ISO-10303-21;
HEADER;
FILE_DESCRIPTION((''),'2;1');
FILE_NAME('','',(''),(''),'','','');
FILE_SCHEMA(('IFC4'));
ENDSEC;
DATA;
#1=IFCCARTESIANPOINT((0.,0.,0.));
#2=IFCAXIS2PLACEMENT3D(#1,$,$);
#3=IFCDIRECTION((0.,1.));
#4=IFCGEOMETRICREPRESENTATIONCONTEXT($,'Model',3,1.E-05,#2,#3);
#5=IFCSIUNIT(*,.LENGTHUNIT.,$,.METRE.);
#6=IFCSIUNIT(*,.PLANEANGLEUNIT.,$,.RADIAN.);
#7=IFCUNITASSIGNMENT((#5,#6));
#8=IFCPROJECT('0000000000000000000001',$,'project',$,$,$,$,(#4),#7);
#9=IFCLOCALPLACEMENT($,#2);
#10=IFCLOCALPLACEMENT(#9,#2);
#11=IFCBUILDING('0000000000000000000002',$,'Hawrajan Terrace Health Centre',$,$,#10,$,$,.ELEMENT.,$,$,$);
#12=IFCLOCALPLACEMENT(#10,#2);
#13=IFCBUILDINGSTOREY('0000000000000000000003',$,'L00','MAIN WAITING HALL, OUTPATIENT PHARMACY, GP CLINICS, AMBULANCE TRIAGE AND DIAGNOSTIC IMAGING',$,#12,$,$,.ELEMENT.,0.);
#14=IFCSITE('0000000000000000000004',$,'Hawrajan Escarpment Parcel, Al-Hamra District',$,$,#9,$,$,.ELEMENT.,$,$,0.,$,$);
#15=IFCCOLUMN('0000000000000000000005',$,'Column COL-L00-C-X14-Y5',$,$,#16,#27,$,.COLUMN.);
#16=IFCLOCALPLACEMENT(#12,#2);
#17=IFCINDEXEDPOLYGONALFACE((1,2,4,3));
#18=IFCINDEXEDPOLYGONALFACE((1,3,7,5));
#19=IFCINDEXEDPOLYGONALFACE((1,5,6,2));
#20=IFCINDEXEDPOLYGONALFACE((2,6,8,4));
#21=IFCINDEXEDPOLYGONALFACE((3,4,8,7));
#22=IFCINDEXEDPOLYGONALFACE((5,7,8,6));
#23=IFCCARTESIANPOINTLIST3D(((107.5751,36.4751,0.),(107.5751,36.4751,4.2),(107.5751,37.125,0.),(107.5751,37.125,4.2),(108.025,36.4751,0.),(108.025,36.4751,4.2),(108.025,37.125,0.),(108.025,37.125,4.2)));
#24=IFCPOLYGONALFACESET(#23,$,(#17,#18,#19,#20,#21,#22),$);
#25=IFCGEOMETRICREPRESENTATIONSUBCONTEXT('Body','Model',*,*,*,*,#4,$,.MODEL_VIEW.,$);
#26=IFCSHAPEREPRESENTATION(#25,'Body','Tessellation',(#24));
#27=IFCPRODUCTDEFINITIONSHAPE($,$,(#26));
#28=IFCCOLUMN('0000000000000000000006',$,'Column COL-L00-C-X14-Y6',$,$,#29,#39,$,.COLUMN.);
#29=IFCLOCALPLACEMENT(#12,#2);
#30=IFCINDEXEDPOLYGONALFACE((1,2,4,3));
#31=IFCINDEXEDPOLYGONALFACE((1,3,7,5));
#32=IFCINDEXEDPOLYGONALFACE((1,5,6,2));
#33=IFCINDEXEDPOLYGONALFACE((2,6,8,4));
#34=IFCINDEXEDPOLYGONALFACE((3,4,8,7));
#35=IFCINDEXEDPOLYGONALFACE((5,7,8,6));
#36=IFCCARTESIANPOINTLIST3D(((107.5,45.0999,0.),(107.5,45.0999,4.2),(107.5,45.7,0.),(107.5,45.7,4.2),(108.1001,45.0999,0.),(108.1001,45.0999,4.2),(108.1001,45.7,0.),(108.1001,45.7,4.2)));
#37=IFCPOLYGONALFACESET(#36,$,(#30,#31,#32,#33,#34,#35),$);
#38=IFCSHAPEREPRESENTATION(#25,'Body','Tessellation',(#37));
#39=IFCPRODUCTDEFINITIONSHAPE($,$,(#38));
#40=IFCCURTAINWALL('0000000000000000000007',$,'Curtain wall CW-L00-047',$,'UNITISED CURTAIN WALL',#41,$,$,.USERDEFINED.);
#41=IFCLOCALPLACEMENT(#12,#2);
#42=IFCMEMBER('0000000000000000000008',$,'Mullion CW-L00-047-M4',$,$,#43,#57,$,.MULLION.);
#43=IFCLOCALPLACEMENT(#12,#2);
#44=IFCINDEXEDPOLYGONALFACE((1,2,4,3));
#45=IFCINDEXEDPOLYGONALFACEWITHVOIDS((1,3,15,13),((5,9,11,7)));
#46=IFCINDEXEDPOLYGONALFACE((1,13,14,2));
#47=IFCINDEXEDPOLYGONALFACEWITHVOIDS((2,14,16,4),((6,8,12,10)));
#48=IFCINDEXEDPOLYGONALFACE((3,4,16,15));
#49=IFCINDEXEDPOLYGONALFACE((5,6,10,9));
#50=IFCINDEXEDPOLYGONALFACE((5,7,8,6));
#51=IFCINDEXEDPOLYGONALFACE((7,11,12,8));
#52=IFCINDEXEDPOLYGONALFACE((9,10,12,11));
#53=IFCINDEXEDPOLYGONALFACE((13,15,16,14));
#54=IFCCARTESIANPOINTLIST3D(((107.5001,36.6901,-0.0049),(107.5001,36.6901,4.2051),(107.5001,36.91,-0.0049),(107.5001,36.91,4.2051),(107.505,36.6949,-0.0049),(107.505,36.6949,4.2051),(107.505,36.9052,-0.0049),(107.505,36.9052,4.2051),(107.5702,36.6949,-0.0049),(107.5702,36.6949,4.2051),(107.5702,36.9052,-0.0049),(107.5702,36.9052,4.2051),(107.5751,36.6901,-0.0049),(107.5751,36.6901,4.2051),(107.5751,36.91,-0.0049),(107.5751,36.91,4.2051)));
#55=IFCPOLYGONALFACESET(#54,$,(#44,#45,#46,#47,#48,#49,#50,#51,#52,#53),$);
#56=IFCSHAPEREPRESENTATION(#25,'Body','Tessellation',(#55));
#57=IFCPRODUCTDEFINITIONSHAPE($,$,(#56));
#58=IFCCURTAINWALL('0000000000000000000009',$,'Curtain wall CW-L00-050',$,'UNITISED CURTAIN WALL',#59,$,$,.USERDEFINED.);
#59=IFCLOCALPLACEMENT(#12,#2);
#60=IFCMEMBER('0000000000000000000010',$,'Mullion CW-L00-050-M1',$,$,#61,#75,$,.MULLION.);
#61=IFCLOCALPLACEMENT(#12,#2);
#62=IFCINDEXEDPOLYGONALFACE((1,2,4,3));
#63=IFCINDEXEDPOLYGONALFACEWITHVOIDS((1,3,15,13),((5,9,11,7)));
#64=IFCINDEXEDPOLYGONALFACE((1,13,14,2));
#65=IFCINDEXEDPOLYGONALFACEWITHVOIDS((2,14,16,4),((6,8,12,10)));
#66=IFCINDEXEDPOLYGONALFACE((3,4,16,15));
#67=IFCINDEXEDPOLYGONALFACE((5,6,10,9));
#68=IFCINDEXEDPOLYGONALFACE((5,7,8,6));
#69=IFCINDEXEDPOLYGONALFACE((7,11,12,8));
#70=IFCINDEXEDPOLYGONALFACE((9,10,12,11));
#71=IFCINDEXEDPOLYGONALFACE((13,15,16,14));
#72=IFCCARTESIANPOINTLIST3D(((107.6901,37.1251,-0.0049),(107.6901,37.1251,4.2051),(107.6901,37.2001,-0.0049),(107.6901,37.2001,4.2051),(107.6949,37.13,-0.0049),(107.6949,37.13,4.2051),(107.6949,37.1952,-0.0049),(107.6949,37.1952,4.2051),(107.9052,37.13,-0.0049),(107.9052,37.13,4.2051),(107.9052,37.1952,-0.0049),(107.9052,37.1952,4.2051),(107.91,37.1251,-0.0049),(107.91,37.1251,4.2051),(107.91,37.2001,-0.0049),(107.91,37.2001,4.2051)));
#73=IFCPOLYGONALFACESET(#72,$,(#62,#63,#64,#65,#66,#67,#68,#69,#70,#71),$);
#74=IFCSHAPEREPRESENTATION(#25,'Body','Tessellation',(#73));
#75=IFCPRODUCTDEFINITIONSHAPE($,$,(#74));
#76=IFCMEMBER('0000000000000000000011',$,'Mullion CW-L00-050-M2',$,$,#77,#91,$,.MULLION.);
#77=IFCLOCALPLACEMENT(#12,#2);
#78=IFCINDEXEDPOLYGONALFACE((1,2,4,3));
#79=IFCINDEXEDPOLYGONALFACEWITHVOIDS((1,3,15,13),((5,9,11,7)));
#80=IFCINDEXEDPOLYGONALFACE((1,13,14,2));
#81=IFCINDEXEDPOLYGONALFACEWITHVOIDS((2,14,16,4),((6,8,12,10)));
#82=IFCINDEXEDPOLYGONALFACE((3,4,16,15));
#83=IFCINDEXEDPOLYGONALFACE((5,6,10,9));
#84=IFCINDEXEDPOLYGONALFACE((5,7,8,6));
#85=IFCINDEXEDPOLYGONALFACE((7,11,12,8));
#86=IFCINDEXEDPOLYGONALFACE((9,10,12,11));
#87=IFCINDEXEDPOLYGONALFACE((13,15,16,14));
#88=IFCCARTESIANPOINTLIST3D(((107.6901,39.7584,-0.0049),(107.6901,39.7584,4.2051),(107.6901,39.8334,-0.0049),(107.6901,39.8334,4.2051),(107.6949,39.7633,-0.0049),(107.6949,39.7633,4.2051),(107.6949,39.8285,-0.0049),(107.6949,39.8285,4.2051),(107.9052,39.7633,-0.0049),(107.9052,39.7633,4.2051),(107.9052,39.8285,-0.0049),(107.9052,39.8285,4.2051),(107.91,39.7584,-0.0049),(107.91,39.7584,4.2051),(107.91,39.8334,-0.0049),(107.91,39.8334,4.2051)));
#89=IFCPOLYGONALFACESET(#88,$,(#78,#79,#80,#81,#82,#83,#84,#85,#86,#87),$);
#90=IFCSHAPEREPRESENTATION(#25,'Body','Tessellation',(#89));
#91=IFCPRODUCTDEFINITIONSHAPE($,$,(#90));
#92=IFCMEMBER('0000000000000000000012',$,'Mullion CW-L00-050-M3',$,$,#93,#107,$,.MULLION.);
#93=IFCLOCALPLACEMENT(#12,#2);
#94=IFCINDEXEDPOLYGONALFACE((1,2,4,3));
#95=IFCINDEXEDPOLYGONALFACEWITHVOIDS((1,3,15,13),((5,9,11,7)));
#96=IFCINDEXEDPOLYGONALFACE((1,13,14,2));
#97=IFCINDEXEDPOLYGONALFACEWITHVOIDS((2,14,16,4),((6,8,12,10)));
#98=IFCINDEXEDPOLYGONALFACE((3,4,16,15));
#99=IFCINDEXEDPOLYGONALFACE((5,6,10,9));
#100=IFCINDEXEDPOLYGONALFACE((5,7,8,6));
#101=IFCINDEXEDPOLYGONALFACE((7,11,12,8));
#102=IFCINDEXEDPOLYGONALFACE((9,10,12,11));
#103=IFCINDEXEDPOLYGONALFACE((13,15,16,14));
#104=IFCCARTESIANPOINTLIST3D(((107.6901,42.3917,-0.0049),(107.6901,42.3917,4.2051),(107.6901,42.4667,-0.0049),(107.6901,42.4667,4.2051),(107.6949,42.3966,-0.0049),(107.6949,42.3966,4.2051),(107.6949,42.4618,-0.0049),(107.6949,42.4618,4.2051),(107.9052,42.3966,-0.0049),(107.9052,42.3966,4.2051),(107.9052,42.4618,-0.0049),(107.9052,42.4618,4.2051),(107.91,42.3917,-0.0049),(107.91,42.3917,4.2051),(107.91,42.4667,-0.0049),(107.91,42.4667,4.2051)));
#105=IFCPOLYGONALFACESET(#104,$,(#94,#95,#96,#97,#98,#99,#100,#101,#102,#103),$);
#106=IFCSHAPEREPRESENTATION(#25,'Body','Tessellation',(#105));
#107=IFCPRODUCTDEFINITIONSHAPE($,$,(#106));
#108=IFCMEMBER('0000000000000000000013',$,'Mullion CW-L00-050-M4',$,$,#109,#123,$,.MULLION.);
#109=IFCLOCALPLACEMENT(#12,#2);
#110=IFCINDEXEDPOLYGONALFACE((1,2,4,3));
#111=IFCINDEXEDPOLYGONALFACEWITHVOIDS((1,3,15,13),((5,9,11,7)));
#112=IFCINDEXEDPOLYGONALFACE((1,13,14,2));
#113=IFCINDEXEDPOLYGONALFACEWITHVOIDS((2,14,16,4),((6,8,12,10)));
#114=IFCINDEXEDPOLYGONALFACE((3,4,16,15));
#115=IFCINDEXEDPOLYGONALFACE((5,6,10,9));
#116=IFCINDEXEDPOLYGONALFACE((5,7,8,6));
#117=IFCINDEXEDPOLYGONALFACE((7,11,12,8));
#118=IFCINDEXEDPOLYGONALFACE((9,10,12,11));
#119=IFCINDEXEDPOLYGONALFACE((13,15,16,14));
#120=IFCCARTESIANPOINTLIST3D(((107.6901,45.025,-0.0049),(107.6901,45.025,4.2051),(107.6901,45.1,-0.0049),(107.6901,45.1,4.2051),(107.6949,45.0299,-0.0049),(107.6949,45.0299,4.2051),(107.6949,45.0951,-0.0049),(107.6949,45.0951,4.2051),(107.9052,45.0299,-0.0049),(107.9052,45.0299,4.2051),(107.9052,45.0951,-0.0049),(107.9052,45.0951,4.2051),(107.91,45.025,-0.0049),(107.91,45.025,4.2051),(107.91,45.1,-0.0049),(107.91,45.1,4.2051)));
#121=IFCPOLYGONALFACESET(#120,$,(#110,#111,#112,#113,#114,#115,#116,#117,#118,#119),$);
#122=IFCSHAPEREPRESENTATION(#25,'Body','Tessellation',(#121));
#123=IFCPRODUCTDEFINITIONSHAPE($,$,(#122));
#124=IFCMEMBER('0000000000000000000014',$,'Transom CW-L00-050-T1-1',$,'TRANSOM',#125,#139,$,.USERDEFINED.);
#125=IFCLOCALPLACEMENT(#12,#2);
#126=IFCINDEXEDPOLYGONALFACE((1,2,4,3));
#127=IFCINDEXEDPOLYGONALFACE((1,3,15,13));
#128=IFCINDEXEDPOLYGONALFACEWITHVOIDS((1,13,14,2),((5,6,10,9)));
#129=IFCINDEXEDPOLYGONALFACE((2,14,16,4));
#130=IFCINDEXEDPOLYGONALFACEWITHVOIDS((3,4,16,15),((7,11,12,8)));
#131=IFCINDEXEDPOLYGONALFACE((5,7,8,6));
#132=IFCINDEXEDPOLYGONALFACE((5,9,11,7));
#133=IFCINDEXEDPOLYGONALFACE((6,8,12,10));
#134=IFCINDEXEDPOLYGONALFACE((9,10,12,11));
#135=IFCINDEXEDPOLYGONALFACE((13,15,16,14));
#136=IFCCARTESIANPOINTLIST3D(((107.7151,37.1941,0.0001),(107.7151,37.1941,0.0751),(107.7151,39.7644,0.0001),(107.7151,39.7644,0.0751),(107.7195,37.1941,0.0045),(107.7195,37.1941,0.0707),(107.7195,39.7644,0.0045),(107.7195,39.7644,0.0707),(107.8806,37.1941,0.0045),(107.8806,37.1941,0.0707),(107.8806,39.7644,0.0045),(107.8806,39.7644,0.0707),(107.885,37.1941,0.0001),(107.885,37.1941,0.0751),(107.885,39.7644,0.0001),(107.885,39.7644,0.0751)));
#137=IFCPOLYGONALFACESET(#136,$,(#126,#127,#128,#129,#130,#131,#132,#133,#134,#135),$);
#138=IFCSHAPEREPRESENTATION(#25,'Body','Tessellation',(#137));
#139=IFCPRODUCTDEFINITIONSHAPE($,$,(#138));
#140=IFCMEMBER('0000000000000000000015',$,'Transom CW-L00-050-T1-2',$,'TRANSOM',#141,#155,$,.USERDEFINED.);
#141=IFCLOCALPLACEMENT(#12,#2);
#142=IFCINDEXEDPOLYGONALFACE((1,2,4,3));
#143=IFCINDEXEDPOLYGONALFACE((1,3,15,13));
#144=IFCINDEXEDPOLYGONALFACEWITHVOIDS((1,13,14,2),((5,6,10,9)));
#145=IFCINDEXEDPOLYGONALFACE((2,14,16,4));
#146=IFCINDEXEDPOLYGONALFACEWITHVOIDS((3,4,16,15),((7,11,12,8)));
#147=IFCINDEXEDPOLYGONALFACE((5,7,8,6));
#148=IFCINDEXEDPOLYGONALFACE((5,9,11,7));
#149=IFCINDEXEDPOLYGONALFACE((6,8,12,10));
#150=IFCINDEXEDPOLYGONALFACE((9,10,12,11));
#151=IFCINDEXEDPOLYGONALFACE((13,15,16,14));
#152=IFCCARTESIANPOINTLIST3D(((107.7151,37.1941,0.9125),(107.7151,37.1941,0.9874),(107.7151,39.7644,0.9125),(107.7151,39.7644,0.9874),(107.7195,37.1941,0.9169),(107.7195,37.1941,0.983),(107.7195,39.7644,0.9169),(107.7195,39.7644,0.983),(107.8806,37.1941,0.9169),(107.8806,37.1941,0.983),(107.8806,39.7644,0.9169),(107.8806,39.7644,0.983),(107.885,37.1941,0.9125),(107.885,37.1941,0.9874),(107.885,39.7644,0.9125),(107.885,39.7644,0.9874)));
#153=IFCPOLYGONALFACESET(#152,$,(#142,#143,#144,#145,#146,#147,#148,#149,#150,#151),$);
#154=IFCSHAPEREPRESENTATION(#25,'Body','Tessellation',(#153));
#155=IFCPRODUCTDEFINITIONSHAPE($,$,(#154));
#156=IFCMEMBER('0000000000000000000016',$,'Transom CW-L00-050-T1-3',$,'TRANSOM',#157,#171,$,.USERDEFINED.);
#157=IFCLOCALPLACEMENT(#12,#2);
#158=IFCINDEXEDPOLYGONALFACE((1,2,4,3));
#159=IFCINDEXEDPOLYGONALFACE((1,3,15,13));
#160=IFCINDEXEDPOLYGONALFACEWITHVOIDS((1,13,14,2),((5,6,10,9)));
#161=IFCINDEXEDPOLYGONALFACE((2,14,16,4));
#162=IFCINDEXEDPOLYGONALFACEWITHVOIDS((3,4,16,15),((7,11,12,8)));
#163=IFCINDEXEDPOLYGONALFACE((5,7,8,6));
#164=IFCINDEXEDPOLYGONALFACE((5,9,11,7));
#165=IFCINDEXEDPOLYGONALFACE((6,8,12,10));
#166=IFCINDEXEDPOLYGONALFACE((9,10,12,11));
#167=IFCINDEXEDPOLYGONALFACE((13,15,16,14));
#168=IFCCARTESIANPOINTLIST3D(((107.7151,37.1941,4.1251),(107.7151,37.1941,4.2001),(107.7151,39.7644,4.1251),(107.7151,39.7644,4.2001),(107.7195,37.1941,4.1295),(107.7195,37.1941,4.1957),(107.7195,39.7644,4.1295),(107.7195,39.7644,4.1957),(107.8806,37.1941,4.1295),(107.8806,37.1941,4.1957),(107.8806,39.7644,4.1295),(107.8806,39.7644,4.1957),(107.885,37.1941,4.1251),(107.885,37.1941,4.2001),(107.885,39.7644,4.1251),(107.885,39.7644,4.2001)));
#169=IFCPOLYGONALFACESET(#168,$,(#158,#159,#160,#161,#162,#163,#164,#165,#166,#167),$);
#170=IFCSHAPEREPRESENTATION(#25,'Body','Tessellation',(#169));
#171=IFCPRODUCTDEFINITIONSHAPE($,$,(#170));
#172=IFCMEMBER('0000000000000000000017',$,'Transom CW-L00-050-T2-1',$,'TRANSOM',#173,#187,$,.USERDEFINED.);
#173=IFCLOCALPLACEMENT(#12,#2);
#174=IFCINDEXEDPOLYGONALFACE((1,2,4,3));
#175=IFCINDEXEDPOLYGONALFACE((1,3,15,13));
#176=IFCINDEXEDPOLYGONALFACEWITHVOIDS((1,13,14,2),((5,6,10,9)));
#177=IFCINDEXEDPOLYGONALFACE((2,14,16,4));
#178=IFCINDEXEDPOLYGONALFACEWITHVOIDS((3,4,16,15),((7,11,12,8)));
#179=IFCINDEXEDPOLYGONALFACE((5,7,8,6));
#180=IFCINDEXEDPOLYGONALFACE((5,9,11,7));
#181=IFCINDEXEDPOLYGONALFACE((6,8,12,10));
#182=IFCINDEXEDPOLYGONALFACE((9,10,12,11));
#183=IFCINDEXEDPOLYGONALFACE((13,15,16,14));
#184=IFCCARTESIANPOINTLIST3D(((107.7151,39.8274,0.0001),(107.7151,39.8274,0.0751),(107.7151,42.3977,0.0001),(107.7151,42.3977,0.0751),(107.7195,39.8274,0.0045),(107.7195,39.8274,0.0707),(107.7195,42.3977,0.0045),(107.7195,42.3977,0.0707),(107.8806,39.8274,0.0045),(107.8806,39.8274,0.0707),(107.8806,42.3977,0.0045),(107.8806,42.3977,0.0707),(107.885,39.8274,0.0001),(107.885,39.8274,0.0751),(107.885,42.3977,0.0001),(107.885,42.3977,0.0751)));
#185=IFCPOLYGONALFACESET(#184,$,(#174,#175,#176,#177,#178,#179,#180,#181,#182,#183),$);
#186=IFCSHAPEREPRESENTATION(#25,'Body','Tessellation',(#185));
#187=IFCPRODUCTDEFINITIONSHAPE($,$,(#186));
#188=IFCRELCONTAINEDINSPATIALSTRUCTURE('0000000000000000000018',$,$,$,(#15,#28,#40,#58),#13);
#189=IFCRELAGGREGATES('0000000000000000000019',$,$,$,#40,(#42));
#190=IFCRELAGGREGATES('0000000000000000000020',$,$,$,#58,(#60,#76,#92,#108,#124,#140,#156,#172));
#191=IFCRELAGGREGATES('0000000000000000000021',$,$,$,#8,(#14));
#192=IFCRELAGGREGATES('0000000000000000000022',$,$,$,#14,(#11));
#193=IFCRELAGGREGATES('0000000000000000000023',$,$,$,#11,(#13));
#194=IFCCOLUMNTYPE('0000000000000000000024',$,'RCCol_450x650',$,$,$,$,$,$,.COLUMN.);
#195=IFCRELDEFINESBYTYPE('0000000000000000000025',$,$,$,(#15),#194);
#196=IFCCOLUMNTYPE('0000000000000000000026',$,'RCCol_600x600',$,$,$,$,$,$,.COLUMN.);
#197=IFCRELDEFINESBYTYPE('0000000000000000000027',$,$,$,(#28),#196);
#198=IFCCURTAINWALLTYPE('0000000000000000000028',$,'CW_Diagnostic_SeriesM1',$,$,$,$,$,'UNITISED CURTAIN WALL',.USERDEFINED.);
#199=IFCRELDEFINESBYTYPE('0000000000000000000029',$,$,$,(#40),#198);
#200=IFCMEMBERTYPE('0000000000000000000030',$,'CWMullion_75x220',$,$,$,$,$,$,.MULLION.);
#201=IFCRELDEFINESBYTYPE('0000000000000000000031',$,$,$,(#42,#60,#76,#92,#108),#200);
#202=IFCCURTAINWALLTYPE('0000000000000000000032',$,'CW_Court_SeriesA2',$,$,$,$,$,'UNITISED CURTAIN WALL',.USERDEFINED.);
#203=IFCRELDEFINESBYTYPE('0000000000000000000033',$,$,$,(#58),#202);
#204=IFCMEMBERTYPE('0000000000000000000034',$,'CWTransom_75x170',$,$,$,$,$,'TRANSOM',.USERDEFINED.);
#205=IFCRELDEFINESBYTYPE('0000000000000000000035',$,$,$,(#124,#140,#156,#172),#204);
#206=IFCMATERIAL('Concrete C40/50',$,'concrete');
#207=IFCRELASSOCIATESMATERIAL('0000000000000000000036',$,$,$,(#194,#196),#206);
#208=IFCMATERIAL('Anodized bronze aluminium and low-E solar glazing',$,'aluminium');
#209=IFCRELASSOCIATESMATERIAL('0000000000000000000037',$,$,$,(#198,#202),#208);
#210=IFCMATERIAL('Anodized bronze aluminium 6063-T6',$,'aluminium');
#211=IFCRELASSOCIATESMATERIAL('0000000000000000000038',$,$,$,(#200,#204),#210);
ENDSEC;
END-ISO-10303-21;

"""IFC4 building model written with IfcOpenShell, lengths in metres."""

from ifc_helpers import new_model, si_unit, direction, frame, origin, origin_2d, place, context, subcontext, project, spatial, rectangle, hollow_rectangle, extrude, material, material_profile, profile_set, type_object, element, aggregate, save


model = new_model("IFC4")

# Units and contexts
model_context = context("Model", 3, precision=1e-05, world=origin(), true_north=direction((0.0, 1.0)))
body_context = subcontext(model_context, "Body", "Model", "MODEL_VIEW")
ifc_project = project(units=[si_unit("LENGTHUNIT", "METRE"), si_unit("PLANEANGLEUNIT", "RADIAN")], contexts=[model_context])

# Site, building, storey
site_placement = place(None, origin())
site = spatial("IfcSite", under=ifc_project, at=site_placement, Name="Hawrajan Escarpment Parcel, Al-Hamra District", CompositionType="ELEMENT", RefElevation=0.0)
building_placement = place(site_placement, origin())
building = spatial("IfcBuilding", under=site, at=building_placement, Name="Hawrajan Terrace Health Centre", CompositionType="ELEMENT")
storey_placement = place(building_placement, origin())
storey = spatial("IfcBuildingStorey", under=building, at=storey_placement, Name="L00", Description="MAIN WAITING HALL, OUTPATIENT PHARMACY, GP CLINICS, AMBULANCE TRIAGE AND DIAGNOSTIC IMAGING", CompositionType="ELEMENT", Elevation=0.0)

# Shared definitions
ifc_material_1 = material(Name="Concrete C40/50", Category="concrete")

# Columns
ifc_material_profile_1 = material_profile(ifc_material_1, rectangle(XDim=0.45, YDim=0.6499, at=origin_2d()), Name="RC 450x650")
ifc_profile_set_1 = profile_set([ifc_material_profile_1], Name="Concrete C40/50")
column_type_1 = type_object("IfcColumnType", Name="RCCol_450x650", PredefinedType="COLUMN", material=ifc_profile_set_1)
column_1_placement = place(storey_placement, frame((107.8, 36.8, 0.0), z_axis=(0.0, 0.0, 1.0), x_axis=(1.0, 0.0, 0.0)))
element("IfcColumn", 1, at=column_1_placement, inside=storey, type_object=column_type_1, Name="Column COL-L00-C-X14-Y5", PredefinedType="COLUMN", context=body_context, shape_type="SweptSolid", body=[
    extrude(rectangle(XDim=0.45, YDim=0.6499, at=origin_2d()), origin(), (0.0, 0.0, 1.0), 4.2),
])
ifc_material_profile_2 = material_profile(ifc_material_1, rectangle(XDim=0.6001, YDim=0.6001, at=origin_2d()), Name="RC 600x600")
ifc_profile_set_2 = profile_set([ifc_material_profile_2], Name="Concrete C40/50")
column_type_2 = type_object("IfcColumnType", Name="RCCol_600x600", PredefinedType="COLUMN", material=ifc_profile_set_2)
column_2_placement = place(storey_placement, frame((107.8, 45.3999, 0.0), z_axis=(0.0, 0.0, 1.0), x_axis=(1.0, 0.0, 0.0)))
element("IfcColumn", 2, at=column_2_placement, inside=storey, type_object=column_type_2, Name="Column COL-L00-C-X14-Y6", PredefinedType="COLUMN", context=body_context, shape_type="SweptSolid", body=[
    extrude(rectangle(XDim=0.6001, YDim=0.6001, at=origin_2d()), origin(), (0.0, 0.0, 1.0), 4.2),
])

# Curtain wall, member
ifc_material_2 = material(Name="Anodized bronze aluminium and low-E solar glazing", Category="aluminium")
curtain_wall_type_1 = type_object("IfcCurtainWallType", Name="CW_Diagnostic_SeriesM1", ElementType="UNITISED CURTAIN WALL", PredefinedType="USERDEFINED", material=ifc_material_2)
curtain_wall_1_placement = place(storey_placement, origin())
curtain_wall_1 = element("IfcCurtainWall", 3, at=curtain_wall_1_placement, inside=storey, type_object=curtain_wall_type_1, Name="Curtain wall CW-L00-047", ObjectType="UNITISED CURTAIN WALL", PredefinedType="USERDEFINED")
ifc_material_3 = material(Name="Anodized bronze aluminium 6063-T6", Category="aluminium")
ifc_material_profile_3 = material_profile(ifc_material_3, hollow_rectangle(XDim=0.075, YDim=0.22, WallThickness=0.0049, at=origin_2d()), Name="CW MUL 75x220")
ifc_profile_set_3 = profile_set([ifc_material_profile_3], Name="Anodized bronze aluminium 6063-T6")
member_type_1 = type_object("IfcMemberType", Name="CWMullion_75x220", PredefinedType="MULLION", material=ifc_profile_set_3)
member_1_placement = place(storey_placement, frame((107.5376, 36.8, -0.0049), z_axis=(0.0, 0.0, 1.0), x_axis=(1.0, 0.0, 0.0)))
member_1 = element("IfcMember", 4, at=member_1_placement, type_object=member_type_1, Name="Mullion CW-L00-047-M4", PredefinedType="MULLION", context=body_context, shape_type="SweptSolid", body=[
    extrude(hollow_rectangle(XDim=0.075, YDim=0.22, WallThickness=0.0049, at=origin_2d()), origin(), (0.0, 0.0, 1.0), 4.21),
])
aggregate(curtain_wall_1, [member_1])

# Curtain wall, members
curtain_wall_type_2 = type_object("IfcCurtainWallType", Name="CW_Court_SeriesA2", ElementType="UNITISED CURTAIN WALL", PredefinedType="USERDEFINED", material=ifc_material_2)
curtain_wall_2_placement = place(storey_placement, origin())
curtain_wall_2 = element("IfcCurtainWall", 5, at=curtain_wall_2_placement, inside=storey, type_object=curtain_wall_type_2, Name="Curtain wall CW-L00-050", ObjectType="UNITISED CURTAIN WALL", PredefinedType="USERDEFINED")
member_2_placement = place(storey_placement, frame((107.8, 37.1626, -0.0049), z_axis=(0.0, 0.0, 1.0), x_axis=(0.0, 1.0, 0.0)))
member_2 = element("IfcMember", 6, at=member_2_placement, type_object=member_type_1, Name="Mullion CW-L00-050-M1", PredefinedType="MULLION", context=body_context, shape_type="SweptSolid", body=[
    extrude(hollow_rectangle(XDim=0.075, YDim=0.22, WallThickness=0.0049, at=origin_2d()), origin(), (0.0, 0.0, 1.0), 4.21),
])
member_3_placement = place(storey_placement, frame((107.8, 39.7959, -0.0049), z_axis=(0.0, 0.0, 1.0), x_axis=(0.0, 1.0, 0.0)))
member_3 = element("IfcMember", 7, at=member_3_placement, type_object=member_type_1, Name="Mullion CW-L00-050-M2", PredefinedType="MULLION", context=body_context, shape_type="SweptSolid", body=[
    extrude(hollow_rectangle(XDim=0.075, YDim=0.22, WallThickness=0.0049, at=origin_2d()), origin(), (0.0, 0.0, 1.0), 4.21),
])
member_4_placement = place(storey_placement, frame((107.8, 42.4292, -0.0049), z_axis=(0.0, 0.0, 1.0), x_axis=(0.0, 1.0, 0.0)))
member_4 = element("IfcMember", 8, at=member_4_placement, type_object=member_type_1, Name="Mullion CW-L00-050-M3", PredefinedType="MULLION", context=body_context, shape_type="SweptSolid", body=[
    extrude(hollow_rectangle(XDim=0.075, YDim=0.22, WallThickness=0.0049, at=origin_2d()), origin(), (0.0, 0.0, 1.0), 4.21),
])
member_5_placement = place(storey_placement, frame((107.8, 45.0625, -0.0049), z_axis=(0.0, 0.0, 1.0), x_axis=(0.0, 1.0, 0.0)))
member_5 = element("IfcMember", 9, at=member_5_placement, type_object=member_type_1, Name="Mullion CW-L00-050-M4", PredefinedType="MULLION", context=body_context, shape_type="SweptSolid", body=[
    extrude(hollow_rectangle(XDim=0.075, YDim=0.22, WallThickness=0.0049, at=origin_2d()), origin(), (0.0, 0.0, 1.0), 4.21),
])
ifc_material_profile_4 = material_profile(ifc_material_3, hollow_rectangle(XDim=0.075, YDim=0.1699, WallThickness=0.0044, at=origin_2d()), Name="CW TRN 75x170")
ifc_profile_set_4 = profile_set([ifc_material_profile_4], Name="Anodized bronze aluminium 6063-T6")
member_type_2 = type_object("IfcMemberType", Name="CWTransom_75x170", ElementType="TRANSOM", PredefinedType="USERDEFINED", material=ifc_profile_set_4)
member_6_placement = place(storey_placement, frame((107.8, 37.1941, 0.0376), z_axis=(0.0, 1.0, 0.0), x_axis=(0.0, 0.0, 1.0)))
member_6 = element("IfcMember", 10, at=member_6_placement, type_object=member_type_2, Name="Transom CW-L00-050-T1-1", ObjectType="TRANSOM", PredefinedType="USERDEFINED", context=body_context, shape_type="SweptSolid", body=[
    extrude(hollow_rectangle(XDim=0.075, YDim=0.1699, WallThickness=0.0044, at=origin_2d()), origin(), (0.0, 0.0, 1.0), 2.5703),
])
member_7_placement = place(storey_placement, frame((107.8, 37.1941, 0.95), z_axis=(0.0, 1.0, 0.0), x_axis=(0.0, 0.0, 1.0)))
member_7 = element("IfcMember", 11, at=member_7_placement, type_object=member_type_2, Name="Transom CW-L00-050-T1-2", ObjectType="TRANSOM", PredefinedType="USERDEFINED", context=body_context, shape_type="SweptSolid", body=[
    extrude(hollow_rectangle(XDim=0.075, YDim=0.1699, WallThickness=0.0044, at=origin_2d()), origin(), (0.0, 0.0, 1.0), 2.5703),
])
member_8_placement = place(storey_placement, frame((107.8, 37.1941, 4.1626), z_axis=(0.0, 1.0, 0.0), x_axis=(0.0, 0.0, 1.0)))
member_8 = element("IfcMember", 12, at=member_8_placement, type_object=member_type_2, Name="Transom CW-L00-050-T1-3", ObjectType="TRANSOM", PredefinedType="USERDEFINED", context=body_context, shape_type="SweptSolid", body=[
    extrude(hollow_rectangle(XDim=0.075, YDim=0.1699, WallThickness=0.0044, at=origin_2d()), origin(), (0.0, 0.0, 1.0), 2.5703),
])
member_9_placement = place(storey_placement, frame((107.8, 39.8274, 0.0376), z_axis=(0.0, 1.0, 0.0), x_axis=(0.0, 0.0, 1.0)))
member_9 = element("IfcMember", 13, at=member_9_placement, type_object=member_type_2, Name="Transom CW-L00-050-T2-1", ObjectType="TRANSOM", PredefinedType="USERDEFINED", context=body_context, shape_type="SweptSolid", body=[
    extrude(hollow_rectangle(XDim=0.075, YDim=0.1699, WallThickness=0.0044, at=origin_2d()), origin(), (0.0, 0.0, 1.0), 2.5703),
])
aggregate(curtain_wall_2, [member_2, member_3, member_4, member_5, member_6, member_7, member_8, member_9])

save(model, "model.ifc")
